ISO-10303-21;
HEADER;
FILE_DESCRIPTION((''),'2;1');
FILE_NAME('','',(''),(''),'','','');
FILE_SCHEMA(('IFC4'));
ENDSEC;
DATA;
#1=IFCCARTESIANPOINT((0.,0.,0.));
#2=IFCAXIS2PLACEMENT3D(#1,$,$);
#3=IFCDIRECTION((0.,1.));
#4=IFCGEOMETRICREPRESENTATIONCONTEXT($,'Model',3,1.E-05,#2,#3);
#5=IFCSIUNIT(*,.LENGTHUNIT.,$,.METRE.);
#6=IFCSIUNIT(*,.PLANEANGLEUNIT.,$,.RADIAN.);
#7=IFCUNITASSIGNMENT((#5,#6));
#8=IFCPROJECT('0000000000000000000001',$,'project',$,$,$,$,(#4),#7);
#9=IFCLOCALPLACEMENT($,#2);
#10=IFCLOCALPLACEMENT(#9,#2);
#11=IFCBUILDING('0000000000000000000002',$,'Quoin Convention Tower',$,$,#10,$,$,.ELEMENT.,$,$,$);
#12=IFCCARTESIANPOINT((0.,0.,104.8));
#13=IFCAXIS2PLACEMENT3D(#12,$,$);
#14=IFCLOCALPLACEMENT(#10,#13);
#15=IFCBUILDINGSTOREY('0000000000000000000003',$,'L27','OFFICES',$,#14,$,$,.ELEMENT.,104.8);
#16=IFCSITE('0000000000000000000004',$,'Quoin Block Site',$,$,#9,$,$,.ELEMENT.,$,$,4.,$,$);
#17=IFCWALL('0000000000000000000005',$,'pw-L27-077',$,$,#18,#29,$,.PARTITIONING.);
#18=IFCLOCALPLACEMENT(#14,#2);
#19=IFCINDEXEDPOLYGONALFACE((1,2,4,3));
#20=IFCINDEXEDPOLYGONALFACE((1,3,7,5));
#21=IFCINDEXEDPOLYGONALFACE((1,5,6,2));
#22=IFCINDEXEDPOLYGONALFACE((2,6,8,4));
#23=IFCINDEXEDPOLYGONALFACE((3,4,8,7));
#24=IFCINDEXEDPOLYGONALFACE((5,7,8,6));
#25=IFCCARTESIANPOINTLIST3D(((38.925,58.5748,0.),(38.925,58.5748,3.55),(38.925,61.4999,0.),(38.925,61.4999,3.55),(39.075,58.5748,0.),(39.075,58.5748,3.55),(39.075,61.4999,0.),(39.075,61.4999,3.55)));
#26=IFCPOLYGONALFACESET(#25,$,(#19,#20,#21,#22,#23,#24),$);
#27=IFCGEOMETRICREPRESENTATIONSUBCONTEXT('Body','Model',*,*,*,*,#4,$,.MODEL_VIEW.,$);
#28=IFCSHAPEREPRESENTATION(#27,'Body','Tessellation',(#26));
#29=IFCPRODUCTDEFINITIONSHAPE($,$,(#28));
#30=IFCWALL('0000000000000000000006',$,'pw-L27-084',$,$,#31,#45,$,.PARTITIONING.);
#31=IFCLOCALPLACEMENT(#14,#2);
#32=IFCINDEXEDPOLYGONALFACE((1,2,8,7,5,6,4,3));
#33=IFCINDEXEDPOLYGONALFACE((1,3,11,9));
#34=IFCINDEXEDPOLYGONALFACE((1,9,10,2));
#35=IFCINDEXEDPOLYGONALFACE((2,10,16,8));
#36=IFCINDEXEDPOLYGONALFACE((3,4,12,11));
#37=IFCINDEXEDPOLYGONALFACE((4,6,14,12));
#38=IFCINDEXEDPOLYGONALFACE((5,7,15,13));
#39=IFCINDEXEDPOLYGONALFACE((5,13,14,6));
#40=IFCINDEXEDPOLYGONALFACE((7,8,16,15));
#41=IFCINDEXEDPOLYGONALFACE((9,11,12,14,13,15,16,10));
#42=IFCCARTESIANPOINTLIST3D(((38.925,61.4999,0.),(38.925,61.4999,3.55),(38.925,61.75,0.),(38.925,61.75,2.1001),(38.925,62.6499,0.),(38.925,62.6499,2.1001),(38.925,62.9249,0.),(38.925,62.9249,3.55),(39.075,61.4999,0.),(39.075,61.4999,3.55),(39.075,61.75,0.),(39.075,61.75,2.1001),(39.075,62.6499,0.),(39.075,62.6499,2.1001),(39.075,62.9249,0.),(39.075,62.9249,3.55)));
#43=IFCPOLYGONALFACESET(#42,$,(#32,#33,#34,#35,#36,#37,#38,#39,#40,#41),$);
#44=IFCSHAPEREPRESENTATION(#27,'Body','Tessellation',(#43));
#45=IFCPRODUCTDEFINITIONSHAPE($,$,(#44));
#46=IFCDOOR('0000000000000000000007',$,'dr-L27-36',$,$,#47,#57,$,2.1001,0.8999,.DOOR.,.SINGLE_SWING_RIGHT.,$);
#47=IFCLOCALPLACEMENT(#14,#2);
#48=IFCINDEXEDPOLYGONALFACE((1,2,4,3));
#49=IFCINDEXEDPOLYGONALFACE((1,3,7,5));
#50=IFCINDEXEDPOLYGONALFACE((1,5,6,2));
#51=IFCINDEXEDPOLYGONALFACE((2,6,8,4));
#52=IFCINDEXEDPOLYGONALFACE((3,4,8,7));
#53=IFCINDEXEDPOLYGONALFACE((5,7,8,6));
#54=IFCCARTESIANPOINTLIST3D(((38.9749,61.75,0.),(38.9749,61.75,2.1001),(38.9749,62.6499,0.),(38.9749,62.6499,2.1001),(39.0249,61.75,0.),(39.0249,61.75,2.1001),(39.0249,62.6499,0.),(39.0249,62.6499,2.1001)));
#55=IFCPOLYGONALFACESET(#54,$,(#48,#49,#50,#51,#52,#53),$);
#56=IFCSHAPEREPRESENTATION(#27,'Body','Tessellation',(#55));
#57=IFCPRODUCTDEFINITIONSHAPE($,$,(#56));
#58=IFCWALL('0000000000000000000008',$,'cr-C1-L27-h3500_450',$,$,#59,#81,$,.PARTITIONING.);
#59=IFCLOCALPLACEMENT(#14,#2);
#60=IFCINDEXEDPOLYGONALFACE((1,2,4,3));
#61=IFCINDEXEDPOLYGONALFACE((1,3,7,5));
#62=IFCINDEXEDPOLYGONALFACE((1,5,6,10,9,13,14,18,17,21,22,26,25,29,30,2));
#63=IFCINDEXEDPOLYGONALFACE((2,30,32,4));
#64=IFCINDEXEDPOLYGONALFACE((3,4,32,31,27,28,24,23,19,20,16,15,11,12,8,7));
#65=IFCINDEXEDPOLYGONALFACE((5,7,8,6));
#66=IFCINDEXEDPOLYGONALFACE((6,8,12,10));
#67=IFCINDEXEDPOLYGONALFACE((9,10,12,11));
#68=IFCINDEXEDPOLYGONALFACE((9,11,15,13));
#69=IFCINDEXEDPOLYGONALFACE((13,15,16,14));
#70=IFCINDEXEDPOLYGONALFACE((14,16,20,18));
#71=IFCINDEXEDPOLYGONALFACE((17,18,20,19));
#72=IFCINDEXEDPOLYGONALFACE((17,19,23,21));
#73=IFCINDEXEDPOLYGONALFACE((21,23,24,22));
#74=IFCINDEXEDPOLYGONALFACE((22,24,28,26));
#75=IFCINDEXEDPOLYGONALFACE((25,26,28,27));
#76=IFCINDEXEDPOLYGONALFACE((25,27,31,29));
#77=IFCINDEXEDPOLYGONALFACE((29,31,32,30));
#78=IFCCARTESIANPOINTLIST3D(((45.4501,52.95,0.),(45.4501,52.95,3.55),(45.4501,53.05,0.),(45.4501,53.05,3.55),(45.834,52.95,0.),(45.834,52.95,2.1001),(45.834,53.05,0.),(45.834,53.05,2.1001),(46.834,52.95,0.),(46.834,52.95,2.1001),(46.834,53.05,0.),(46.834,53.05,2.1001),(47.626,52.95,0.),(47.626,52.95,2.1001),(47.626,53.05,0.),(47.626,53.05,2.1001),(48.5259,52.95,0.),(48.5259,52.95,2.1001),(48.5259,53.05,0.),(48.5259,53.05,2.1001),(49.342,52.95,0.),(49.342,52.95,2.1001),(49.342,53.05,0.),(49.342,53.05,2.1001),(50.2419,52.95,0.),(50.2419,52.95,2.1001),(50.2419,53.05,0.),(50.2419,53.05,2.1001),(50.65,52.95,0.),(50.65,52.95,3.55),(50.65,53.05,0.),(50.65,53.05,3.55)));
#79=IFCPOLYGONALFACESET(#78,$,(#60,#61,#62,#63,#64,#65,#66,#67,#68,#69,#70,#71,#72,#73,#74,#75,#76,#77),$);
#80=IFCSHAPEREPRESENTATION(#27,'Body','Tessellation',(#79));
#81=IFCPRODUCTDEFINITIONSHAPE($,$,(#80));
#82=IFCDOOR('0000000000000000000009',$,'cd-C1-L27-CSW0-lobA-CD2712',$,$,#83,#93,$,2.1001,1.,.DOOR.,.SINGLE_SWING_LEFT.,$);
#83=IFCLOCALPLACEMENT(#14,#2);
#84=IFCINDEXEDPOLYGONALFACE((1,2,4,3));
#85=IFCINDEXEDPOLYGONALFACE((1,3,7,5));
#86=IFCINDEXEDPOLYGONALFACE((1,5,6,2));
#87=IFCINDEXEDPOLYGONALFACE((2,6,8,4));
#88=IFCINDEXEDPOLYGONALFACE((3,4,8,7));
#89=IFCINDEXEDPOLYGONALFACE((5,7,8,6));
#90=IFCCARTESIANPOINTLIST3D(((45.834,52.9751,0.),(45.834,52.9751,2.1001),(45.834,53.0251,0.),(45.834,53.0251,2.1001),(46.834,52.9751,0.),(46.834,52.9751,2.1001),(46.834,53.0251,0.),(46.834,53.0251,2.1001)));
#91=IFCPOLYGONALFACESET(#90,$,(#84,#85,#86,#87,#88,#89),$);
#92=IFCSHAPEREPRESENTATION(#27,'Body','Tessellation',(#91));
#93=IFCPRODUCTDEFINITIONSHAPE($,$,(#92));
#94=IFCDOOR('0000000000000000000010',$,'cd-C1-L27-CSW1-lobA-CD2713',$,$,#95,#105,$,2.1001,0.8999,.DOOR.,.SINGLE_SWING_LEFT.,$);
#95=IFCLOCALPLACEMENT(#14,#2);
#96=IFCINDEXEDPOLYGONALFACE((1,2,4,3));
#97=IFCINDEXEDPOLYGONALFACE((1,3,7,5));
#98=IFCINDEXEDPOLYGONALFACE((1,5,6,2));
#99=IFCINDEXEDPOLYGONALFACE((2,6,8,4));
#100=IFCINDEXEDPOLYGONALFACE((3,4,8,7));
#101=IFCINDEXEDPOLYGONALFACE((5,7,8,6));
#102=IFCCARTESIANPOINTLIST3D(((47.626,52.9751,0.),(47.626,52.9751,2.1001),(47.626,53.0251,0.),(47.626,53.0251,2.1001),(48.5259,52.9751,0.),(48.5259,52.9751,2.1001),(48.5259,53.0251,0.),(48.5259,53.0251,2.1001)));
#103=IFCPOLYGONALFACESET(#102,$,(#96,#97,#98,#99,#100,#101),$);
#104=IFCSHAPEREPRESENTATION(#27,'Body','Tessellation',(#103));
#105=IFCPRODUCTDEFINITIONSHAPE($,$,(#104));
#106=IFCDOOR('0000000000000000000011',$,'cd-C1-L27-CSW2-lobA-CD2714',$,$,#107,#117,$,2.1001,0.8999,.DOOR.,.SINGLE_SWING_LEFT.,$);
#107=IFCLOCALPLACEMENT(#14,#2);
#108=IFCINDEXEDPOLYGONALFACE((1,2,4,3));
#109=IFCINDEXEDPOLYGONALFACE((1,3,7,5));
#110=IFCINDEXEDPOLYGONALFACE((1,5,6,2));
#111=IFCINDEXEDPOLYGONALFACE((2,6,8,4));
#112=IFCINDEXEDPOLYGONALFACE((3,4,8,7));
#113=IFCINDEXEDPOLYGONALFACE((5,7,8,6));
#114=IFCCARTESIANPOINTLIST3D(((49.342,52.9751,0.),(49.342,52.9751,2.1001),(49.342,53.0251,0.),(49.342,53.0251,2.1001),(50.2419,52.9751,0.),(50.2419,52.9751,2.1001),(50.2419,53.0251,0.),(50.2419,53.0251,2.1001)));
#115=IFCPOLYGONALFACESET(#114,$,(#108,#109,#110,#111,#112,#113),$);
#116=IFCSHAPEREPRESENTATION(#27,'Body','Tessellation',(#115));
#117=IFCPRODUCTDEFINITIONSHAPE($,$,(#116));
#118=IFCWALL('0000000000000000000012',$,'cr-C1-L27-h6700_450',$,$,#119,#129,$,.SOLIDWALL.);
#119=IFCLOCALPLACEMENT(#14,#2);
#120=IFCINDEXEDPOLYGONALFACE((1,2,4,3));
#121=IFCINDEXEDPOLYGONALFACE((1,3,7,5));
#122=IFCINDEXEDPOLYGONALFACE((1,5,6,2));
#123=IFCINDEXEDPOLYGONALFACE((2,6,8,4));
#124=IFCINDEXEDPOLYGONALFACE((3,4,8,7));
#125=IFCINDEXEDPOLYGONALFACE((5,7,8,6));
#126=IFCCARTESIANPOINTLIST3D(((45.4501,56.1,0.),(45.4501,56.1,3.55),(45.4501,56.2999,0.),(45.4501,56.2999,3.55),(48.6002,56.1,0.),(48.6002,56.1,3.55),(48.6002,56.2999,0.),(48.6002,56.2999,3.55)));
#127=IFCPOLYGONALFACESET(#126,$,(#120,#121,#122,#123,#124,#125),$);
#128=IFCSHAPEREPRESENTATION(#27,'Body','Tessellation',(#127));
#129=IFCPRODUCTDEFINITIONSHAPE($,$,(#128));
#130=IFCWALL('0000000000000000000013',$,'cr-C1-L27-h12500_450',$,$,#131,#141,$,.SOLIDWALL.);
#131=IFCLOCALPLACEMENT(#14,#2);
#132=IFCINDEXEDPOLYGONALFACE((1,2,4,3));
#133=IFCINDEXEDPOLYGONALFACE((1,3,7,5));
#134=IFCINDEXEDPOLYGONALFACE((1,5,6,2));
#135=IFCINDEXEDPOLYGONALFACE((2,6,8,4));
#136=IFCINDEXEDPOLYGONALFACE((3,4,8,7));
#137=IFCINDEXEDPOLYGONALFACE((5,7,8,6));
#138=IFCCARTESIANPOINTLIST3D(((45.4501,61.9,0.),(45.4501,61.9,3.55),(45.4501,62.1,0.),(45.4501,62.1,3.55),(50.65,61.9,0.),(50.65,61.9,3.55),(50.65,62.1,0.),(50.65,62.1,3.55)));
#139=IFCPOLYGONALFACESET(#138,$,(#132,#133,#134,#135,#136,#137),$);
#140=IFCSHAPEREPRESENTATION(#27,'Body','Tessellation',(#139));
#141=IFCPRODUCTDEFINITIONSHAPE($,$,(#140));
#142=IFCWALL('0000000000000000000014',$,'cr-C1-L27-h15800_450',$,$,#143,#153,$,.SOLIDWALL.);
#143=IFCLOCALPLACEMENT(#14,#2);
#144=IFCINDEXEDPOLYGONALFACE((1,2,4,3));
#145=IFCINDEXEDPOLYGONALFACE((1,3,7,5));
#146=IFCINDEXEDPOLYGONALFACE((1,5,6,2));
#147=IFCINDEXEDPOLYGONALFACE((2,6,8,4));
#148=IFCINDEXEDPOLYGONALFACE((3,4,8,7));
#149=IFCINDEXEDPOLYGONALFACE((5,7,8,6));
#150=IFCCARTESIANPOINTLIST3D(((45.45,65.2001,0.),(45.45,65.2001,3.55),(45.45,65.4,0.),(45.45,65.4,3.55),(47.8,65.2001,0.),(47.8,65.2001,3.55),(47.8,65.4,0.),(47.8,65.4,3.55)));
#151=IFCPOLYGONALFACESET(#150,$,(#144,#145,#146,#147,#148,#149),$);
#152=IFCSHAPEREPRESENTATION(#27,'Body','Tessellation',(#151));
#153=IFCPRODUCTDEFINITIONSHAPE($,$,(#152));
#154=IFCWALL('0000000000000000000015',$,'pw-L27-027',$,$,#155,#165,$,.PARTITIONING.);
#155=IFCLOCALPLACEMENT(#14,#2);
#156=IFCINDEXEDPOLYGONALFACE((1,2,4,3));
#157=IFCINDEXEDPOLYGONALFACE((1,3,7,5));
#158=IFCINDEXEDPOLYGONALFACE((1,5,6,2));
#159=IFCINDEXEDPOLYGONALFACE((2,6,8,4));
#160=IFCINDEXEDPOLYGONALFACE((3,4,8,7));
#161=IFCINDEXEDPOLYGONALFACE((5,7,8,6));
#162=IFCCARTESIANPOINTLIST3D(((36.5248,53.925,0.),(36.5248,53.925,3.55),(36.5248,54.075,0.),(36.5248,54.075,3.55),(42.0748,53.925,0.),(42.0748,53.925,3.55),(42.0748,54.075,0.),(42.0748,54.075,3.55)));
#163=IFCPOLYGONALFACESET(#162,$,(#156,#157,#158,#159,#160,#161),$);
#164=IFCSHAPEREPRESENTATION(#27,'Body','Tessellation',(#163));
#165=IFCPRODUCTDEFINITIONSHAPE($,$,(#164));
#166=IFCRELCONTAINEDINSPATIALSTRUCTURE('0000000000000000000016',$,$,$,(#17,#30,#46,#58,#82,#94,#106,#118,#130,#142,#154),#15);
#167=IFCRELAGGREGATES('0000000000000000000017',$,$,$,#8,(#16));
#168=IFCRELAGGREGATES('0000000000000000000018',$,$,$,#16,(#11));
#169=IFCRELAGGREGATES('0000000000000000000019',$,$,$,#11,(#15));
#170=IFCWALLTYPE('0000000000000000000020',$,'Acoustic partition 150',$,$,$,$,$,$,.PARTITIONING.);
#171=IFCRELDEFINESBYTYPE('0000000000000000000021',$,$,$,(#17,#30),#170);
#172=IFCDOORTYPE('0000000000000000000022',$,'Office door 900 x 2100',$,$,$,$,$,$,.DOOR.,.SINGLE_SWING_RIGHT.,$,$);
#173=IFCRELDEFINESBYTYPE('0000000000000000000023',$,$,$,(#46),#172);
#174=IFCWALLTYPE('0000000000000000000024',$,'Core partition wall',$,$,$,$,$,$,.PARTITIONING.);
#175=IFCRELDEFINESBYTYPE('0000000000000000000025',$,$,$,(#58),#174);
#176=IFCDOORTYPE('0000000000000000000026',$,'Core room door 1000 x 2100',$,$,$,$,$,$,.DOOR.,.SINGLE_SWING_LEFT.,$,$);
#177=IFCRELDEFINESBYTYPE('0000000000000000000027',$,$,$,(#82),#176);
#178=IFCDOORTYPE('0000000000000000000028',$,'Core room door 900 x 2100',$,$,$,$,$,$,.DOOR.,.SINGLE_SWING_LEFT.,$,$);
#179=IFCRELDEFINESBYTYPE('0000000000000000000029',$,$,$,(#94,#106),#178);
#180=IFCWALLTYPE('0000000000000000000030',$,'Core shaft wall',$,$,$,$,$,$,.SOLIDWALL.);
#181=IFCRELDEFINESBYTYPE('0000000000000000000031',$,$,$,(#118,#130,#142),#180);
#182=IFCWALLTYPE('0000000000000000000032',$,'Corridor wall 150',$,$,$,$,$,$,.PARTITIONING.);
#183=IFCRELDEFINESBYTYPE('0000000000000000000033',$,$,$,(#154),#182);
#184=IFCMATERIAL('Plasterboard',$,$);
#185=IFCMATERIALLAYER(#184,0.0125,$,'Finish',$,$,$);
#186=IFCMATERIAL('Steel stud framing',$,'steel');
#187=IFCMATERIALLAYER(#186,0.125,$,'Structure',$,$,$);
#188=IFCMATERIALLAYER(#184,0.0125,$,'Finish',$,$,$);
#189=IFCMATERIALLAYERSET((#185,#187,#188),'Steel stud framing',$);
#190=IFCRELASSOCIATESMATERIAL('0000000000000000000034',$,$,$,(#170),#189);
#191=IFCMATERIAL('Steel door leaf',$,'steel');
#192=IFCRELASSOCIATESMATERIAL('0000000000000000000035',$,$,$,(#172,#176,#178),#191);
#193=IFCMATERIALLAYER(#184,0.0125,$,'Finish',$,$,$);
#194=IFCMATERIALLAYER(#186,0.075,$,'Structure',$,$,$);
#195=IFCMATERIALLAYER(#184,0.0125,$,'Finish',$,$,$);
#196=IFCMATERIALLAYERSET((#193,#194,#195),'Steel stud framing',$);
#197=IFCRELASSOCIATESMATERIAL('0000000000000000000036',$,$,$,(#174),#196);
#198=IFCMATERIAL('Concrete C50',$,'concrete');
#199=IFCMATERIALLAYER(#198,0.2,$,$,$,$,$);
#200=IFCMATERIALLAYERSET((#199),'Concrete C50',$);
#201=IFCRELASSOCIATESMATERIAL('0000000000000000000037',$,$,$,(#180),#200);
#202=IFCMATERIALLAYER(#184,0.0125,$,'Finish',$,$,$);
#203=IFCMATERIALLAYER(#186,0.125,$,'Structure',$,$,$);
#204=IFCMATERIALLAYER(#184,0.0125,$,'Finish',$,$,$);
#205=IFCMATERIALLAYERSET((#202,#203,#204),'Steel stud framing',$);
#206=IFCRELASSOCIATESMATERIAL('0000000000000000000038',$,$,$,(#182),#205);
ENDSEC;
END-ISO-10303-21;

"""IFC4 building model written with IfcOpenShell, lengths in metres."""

from ifc_helpers import new_model, si_unit, direction, frame, frame_2d, origin, place, context, subcontext, project, spatial, rectangle, extrude, material, layer, layer_set, type_object, element, fill, save


model = new_model("IFC4")

# Units and contexts
model_context = context("Model", 3, precision=1e-05, world=origin(), true_north=direction((0.0, 1.0)))
body_context = subcontext(model_context, "Body", "Model", "MODEL_VIEW")
ifc_project = project(units=[si_unit("LENGTHUNIT", "METRE"), si_unit("PLANEANGLEUNIT", "RADIAN")], contexts=[model_context])

# Site, building, storey
site_placement = place(None, origin())
site = spatial("IfcSite", under=ifc_project, at=site_placement, Name="Quoin Block Site", CompositionType="ELEMENT", RefElevation=4.0)
building_placement = place(site_placement, origin())
building = spatial("IfcBuilding", under=site, at=building_placement, Name="Quoin Convention Tower", CompositionType="ELEMENT")
storey_placement = place(building_placement, frame((0.0, 0.0, 104.8)))
storey = spatial("IfcBuildingStorey", under=building, at=storey_placement, Name="L27", Description="OFFICES", CompositionType="ELEMENT", Elevation=104.8)

# Wall
ifc_material_1 = material(Name="Plasterboard")
ifc_layer_1 = layer(ifc_material_1, 0.0125, Name="Finish")
ifc_material_2 = material(Name="Steel stud framing", Category="steel")
ifc_layer_2 = layer(ifc_material_2, 0.125, Name="Structure")
ifc_layer_3 = layer(ifc_material_1, 0.0125, Name="Finish")
ifc_layer_set_1 = layer_set([ifc_layer_1, ifc_layer_2, ifc_layer_3], Name="Steel stud framing")
wall_type_1 = type_object("IfcWallType", Name="Acoustic partition 150", PredefinedType="PARTITIONING", material=ifc_layer_set_1)
wall_1_placement = place(storey_placement, frame((39.0, 58.575, 0.0), z_axis=(0.0, 0.0, 1.0), x_axis=(0.0, 1.0, 0.0)))
element("IfcWall", 1, at=wall_1_placement, inside=storey, type_object=wall_type_1, Name="pw-L27-077", PredefinedType="PARTITIONING", context=body_context, shape_type="SweptSolid", body=[
    extrude(rectangle(XDim=2.925, YDim=0.1499, at=frame_2d((1.4624, 0.0))), origin(), (0.0, 0.0, 1.0), 3.55),
])

# Wall, opening, door
wall_2_placement = place(storey_placement, frame((39.0, 61.5, 0.0), z_axis=(0.0, 0.0, 1.0), x_axis=(0.0, 1.0, 0.0)))
wall_2 = element("IfcWall", 2, at=wall_2_placement, inside=storey, type_object=wall_type_1, Name="pw-L27-084", PredefinedType="PARTITIONING", context=body_context, shape_type="SweptSolid", body=[
    extrude(rectangle(XDim=1.425, YDim=0.1499, at=frame_2d((0.7124, 0.0))), origin(), (0.0, 0.0, 1.0), 3.55),
])
opening_1_placement = place(wall_2_placement, frame((0.25, 0.0, 0.0)))
opening_1 = element("IfcOpeningElement", 3, at=opening_1_placement, cuts=wall_2, PredefinedType="OPENING", context=body_context, shape_type="SweptSolid", body=[
    extrude(rectangle(XDim=0.8999, YDim=2.1001, at=frame_2d((0.45, 1.05))), frame((0.0, 0.085, 0.0), z_axis=(0.0, -1.0, 0.0), x_axis=(1.0, 0.0, 0.0)), (0.0, 0.0, 1.0), 0.1699),
])
ifc_material_3 = material(Name="Steel door leaf", Category="steel")
door_type_1 = type_object("IfcDoorType", Name="Office door 900 x 2100", OperationType="SINGLE_SWING_RIGHT", PredefinedType="DOOR", material=ifc_material_3)
door_1_placement = place(opening_1_placement, frame((0.8999, 0.0, 0.0), z_axis=(0.0, 0.0, 1.0), x_axis=(-1.0, 0.0, 0.0)))
door_1 = element("IfcDoor", 4, at=door_1_placement, inside=storey, type_object=door_type_1, Name="dr-L27-36", OperationType="SINGLE_SWING_RIGHT", OverallHeight=2.1001, OverallWidth=0.8999, PredefinedType="DOOR", context=body_context, shape_type="SweptSolid", body=[
    extrude(rectangle(XDim=0.8999, YDim=2.1001, at=frame_2d((0.45, 1.05))), frame((0.0, 0.0249, 0.0), z_axis=(0.0, -1.0, 0.0), x_axis=(1.0, 0.0, 0.0)), (0.0, 0.0, 1.0), 0.05),
])
fill(opening_1, door_1)

# Wall, openings, doors
ifc_layer_4 = layer(ifc_material_1, 0.0125, Name="Finish")
ifc_layer_5 = layer(ifc_material_2, 0.075, Name="Structure")
ifc_layer_6 = layer(ifc_material_1, 0.0125, Name="Finish")
ifc_layer_set_2 = layer_set([ifc_layer_4, ifc_layer_5, ifc_layer_6], Name="Steel stud framing")
wall_type_2 = type_object("IfcWallType", Name="Core partition wall", PredefinedType="PARTITIONING", material=ifc_layer_set_2)
wall_3_placement = place(storey_placement, frame((45.45, 53.0, 0.0), z_axis=(0.0, 0.0, 1.0), x_axis=(1.0, 0.0, 0.0)))
wall_3 = element("IfcWall", 5, at=wall_3_placement, inside=storey, type_object=wall_type_2, Name="cr-C1-L27-h3500_450", PredefinedType="PARTITIONING", context=body_context, shape_type="SweptSolid", body=[
    extrude(rectangle(XDim=5.2, YDim=0.1001, at=frame_2d((2.6001, 0.0))), origin(), (0.0, 0.0, 1.0), 3.55),
])
opening_2_placement = place(wall_3_placement, frame((0.384, 0.0, 0.0)))
opening_2 = element("IfcOpeningElement", 6, at=opening_2_placement, cuts=wall_3, PredefinedType="OPENING", context=body_context, shape_type="SweptSolid", body=[
    extrude(rectangle(XDim=1.0, YDim=2.1001, at=frame_2d((0.5, 1.05))), frame((0.0, 0.0601, 0.0), z_axis=(0.0, -1.0, 0.0), x_axis=(1.0, 0.0, 0.0)), (0.0, 0.0, 1.0), 0.1201),
])
opening_3_placement = place(wall_3_placement, frame((2.176, 0.0, 0.0)))
opening_3 = element("IfcOpeningElement", 7, at=opening_3_placement, cuts=wall_3, PredefinedType="OPENING", context=body_context, shape_type="SweptSolid", body=[
    extrude(rectangle(XDim=0.8999, YDim=2.1001, at=frame_2d((0.45, 1.05))), frame((0.0, 0.0601, 0.0), z_axis=(0.0, -1.0, 0.0), x_axis=(1.0, 0.0, 0.0)), (0.0, 0.0, 1.0), 0.1201),
])
opening_4_placement = place(wall_3_placement, frame((3.8921, 0.0, 0.0)))
opening_4 = element("IfcOpeningElement", 8, at=opening_4_placement, cuts=wall_3, PredefinedType="OPENING", context=body_context, shape_type="SweptSolid", body=[
    extrude(rectangle(XDim=0.8999, YDim=2.1001, at=frame_2d((0.45, 1.05))), frame((0.0, 0.0601, 0.0), z_axis=(0.0, -1.0, 0.0), x_axis=(1.0, 0.0, 0.0)), (0.0, 0.0, 1.0), 0.1201),
])
door_type_2 = type_object("IfcDoorType", Name="Core room door 1000 x 2100", OperationType="SINGLE_SWING_LEFT", PredefinedType="DOOR", material=ifc_material_3)
door_2_placement = place(opening_2_placement, frame((1.0, 0.0, 0.0), z_axis=(0.0, 0.0, 1.0), x_axis=(-1.0, 0.0, 0.0)))
door_2 = element("IfcDoor", 9, at=door_2_placement, inside=storey, type_object=door_type_2, Name="cd-C1-L27-CSW0-lobA-CD2712", OperationType="SINGLE_SWING_LEFT", OverallHeight=2.1001, OverallWidth=1.0, PredefinedType="DOOR", context=body_context, shape_type="SweptSolid", body=[
    extrude(rectangle(XDim=1.0, YDim=2.1001, at=frame_2d((0.5, 1.05))), frame((0.0, 0.0249, 0.0), z_axis=(0.0, -1.0, 0.0), x_axis=(1.0, 0.0, 0.0)), (0.0, 0.0, 1.0), 0.05),
])
fill(opening_2, door_2)
door_type_3 = type_object("IfcDoorType", Name="Core room door 900 x 2100", OperationType="SINGLE_SWING_LEFT", PredefinedType="DOOR", material=ifc_material_3)
door_3_placement = place(opening_3_placement, frame((0.8999, 0.0, 0.0), z_axis=(0.0, 0.0, 1.0), x_axis=(-1.0, 0.0, 0.0)))
door_3 = element("IfcDoor", 10, at=door_3_placement, inside=storey, type_object=door_type_3, Name="cd-C1-L27-CSW1-lobA-CD2713", OperationType="SINGLE_SWING_LEFT", OverallHeight=2.1001, OverallWidth=0.8999, PredefinedType="DOOR", context=body_context, shape_type="SweptSolid", body=[
    extrude(rectangle(XDim=0.8999, YDim=2.1001, at=frame_2d((0.45, 1.05))), frame((0.0, 0.0249, 0.0), z_axis=(0.0, -1.0, 0.0), x_axis=(1.0, 0.0, 0.0)), (0.0, 0.0, 1.0), 0.05),
])
fill(opening_3, door_3)
door_4_placement = place(opening_4_placement, frame((0.8999, 0.0, 0.0), z_axis=(0.0, 0.0, 1.0), x_axis=(-1.0, 0.0, 0.0)))
door_4 = element("IfcDoor", 11, at=door_4_placement, inside=storey, type_object=door_type_3, Name="cd-C1-L27-CSW2-lobA-CD2714", OperationType="SINGLE_SWING_LEFT", OverallHeight=2.1001, OverallWidth=0.8999, PredefinedType="DOOR", context=body_context, shape_type="SweptSolid", body=[
    extrude(rectangle(XDim=0.8999, YDim=2.1001, at=frame_2d((0.45, 1.05))), frame((0.0, 0.0249, 0.0), z_axis=(0.0, -1.0, 0.0), x_axis=(1.0, 0.0, 0.0)), (0.0, 0.0, 1.0), 0.05),
])
fill(opening_4, door_4)

# Walls
ifc_material_4 = material(Name="Concrete C50", Category="concrete")
ifc_layer_7 = layer(ifc_material_4, 0.2)
ifc_layer_set_3 = layer_set([ifc_layer_7], Name="Concrete C50")
wall_type_3 = type_object("IfcWallType", Name="Core shaft wall", PredefinedType="SOLIDWALL", material=ifc_layer_set_3)
wall_4_placement = place(storey_placement, frame((45.45, 56.2, 0.0), z_axis=(0.0, 0.0, 1.0), x_axis=(1.0, 0.0, 0.0)))
element("IfcWall", 12, at=wall_4_placement, inside=storey, type_object=wall_type_3, Name="cr-C1-L27-h6700_450", PredefinedType="SOLIDWALL", context=body_context, shape_type="SweptSolid", body=[
    extrude(rectangle(XDim=3.1501, YDim=0.2, at=frame_2d((1.5752, 0.0))), origin(), (0.0, 0.0, 1.0), 3.55),
])
wall_5_placement = place(storey_placement, frame((45.45, 62.0, 0.0), z_axis=(0.0, 0.0, 1.0), x_axis=(1.0, 0.0, 0.0)))
element("IfcWall", 13, at=wall_5_placement, inside=storey, type_object=wall_type_3, Name="cr-C1-L27-h12500_450", PredefinedType="SOLIDWALL", context=body_context, shape_type="SweptSolid", body=[
    extrude(rectangle(XDim=5.2, YDim=0.2, at=frame_2d((2.6001, 0.0))), origin(), (0.0, 0.0, 1.0), 3.55),
])
wall_6_placement = place(storey_placement, frame((45.45, 65.3, 0.0), z_axis=(0.0, 0.0, 1.0), x_axis=(1.0, 0.0, 0.0)))
element("IfcWall", 14, at=wall_6_placement, inside=storey, type_object=wall_type_3, Name="cr-C1-L27-h15800_450", PredefinedType="SOLIDWALL", context=body_context, shape_type="SweptSolid", body=[
    extrude(rectangle(XDim=2.3501, YDim=0.2, at=frame_2d((1.175, 0.0))), origin(), (0.0, 0.0, 1.0), 3.55),
])
ifc_layer_8 = layer(ifc_material_1, 0.0125, Name="Finish")
ifc_layer_9 = layer(ifc_material_2, 0.125, Name="Structure")
ifc_layer_10 = layer(ifc_material_1, 0.0125, Name="Finish")
ifc_layer_set_4 = layer_set([ifc_layer_8, ifc_layer_9, ifc_layer_10], Name="Steel stud framing")
wall_type_4 = type_object("IfcWallType", Name="Corridor wall 150", PredefinedType="PARTITIONING", material=ifc_layer_set_4)
wall_7_placement = place(storey_placement, frame((36.5249, 54.0, 0.0), z_axis=(0.0, 0.0, 1.0), x_axis=(1.0, 0.0, 0.0)))
element("IfcWall", 15, at=wall_7_placement, inside=storey, type_object=wall_type_4, Name="pw-L27-027", PredefinedType="PARTITIONING", context=body_context, shape_type="SweptSolid", body=[
    extrude(rectangle(XDim=5.55, YDim=0.1499, at=frame_2d((2.7749, 0.0))), origin(), (0.0, 0.0, 1.0), 3.55),
])

save(model, "model.ifc")
